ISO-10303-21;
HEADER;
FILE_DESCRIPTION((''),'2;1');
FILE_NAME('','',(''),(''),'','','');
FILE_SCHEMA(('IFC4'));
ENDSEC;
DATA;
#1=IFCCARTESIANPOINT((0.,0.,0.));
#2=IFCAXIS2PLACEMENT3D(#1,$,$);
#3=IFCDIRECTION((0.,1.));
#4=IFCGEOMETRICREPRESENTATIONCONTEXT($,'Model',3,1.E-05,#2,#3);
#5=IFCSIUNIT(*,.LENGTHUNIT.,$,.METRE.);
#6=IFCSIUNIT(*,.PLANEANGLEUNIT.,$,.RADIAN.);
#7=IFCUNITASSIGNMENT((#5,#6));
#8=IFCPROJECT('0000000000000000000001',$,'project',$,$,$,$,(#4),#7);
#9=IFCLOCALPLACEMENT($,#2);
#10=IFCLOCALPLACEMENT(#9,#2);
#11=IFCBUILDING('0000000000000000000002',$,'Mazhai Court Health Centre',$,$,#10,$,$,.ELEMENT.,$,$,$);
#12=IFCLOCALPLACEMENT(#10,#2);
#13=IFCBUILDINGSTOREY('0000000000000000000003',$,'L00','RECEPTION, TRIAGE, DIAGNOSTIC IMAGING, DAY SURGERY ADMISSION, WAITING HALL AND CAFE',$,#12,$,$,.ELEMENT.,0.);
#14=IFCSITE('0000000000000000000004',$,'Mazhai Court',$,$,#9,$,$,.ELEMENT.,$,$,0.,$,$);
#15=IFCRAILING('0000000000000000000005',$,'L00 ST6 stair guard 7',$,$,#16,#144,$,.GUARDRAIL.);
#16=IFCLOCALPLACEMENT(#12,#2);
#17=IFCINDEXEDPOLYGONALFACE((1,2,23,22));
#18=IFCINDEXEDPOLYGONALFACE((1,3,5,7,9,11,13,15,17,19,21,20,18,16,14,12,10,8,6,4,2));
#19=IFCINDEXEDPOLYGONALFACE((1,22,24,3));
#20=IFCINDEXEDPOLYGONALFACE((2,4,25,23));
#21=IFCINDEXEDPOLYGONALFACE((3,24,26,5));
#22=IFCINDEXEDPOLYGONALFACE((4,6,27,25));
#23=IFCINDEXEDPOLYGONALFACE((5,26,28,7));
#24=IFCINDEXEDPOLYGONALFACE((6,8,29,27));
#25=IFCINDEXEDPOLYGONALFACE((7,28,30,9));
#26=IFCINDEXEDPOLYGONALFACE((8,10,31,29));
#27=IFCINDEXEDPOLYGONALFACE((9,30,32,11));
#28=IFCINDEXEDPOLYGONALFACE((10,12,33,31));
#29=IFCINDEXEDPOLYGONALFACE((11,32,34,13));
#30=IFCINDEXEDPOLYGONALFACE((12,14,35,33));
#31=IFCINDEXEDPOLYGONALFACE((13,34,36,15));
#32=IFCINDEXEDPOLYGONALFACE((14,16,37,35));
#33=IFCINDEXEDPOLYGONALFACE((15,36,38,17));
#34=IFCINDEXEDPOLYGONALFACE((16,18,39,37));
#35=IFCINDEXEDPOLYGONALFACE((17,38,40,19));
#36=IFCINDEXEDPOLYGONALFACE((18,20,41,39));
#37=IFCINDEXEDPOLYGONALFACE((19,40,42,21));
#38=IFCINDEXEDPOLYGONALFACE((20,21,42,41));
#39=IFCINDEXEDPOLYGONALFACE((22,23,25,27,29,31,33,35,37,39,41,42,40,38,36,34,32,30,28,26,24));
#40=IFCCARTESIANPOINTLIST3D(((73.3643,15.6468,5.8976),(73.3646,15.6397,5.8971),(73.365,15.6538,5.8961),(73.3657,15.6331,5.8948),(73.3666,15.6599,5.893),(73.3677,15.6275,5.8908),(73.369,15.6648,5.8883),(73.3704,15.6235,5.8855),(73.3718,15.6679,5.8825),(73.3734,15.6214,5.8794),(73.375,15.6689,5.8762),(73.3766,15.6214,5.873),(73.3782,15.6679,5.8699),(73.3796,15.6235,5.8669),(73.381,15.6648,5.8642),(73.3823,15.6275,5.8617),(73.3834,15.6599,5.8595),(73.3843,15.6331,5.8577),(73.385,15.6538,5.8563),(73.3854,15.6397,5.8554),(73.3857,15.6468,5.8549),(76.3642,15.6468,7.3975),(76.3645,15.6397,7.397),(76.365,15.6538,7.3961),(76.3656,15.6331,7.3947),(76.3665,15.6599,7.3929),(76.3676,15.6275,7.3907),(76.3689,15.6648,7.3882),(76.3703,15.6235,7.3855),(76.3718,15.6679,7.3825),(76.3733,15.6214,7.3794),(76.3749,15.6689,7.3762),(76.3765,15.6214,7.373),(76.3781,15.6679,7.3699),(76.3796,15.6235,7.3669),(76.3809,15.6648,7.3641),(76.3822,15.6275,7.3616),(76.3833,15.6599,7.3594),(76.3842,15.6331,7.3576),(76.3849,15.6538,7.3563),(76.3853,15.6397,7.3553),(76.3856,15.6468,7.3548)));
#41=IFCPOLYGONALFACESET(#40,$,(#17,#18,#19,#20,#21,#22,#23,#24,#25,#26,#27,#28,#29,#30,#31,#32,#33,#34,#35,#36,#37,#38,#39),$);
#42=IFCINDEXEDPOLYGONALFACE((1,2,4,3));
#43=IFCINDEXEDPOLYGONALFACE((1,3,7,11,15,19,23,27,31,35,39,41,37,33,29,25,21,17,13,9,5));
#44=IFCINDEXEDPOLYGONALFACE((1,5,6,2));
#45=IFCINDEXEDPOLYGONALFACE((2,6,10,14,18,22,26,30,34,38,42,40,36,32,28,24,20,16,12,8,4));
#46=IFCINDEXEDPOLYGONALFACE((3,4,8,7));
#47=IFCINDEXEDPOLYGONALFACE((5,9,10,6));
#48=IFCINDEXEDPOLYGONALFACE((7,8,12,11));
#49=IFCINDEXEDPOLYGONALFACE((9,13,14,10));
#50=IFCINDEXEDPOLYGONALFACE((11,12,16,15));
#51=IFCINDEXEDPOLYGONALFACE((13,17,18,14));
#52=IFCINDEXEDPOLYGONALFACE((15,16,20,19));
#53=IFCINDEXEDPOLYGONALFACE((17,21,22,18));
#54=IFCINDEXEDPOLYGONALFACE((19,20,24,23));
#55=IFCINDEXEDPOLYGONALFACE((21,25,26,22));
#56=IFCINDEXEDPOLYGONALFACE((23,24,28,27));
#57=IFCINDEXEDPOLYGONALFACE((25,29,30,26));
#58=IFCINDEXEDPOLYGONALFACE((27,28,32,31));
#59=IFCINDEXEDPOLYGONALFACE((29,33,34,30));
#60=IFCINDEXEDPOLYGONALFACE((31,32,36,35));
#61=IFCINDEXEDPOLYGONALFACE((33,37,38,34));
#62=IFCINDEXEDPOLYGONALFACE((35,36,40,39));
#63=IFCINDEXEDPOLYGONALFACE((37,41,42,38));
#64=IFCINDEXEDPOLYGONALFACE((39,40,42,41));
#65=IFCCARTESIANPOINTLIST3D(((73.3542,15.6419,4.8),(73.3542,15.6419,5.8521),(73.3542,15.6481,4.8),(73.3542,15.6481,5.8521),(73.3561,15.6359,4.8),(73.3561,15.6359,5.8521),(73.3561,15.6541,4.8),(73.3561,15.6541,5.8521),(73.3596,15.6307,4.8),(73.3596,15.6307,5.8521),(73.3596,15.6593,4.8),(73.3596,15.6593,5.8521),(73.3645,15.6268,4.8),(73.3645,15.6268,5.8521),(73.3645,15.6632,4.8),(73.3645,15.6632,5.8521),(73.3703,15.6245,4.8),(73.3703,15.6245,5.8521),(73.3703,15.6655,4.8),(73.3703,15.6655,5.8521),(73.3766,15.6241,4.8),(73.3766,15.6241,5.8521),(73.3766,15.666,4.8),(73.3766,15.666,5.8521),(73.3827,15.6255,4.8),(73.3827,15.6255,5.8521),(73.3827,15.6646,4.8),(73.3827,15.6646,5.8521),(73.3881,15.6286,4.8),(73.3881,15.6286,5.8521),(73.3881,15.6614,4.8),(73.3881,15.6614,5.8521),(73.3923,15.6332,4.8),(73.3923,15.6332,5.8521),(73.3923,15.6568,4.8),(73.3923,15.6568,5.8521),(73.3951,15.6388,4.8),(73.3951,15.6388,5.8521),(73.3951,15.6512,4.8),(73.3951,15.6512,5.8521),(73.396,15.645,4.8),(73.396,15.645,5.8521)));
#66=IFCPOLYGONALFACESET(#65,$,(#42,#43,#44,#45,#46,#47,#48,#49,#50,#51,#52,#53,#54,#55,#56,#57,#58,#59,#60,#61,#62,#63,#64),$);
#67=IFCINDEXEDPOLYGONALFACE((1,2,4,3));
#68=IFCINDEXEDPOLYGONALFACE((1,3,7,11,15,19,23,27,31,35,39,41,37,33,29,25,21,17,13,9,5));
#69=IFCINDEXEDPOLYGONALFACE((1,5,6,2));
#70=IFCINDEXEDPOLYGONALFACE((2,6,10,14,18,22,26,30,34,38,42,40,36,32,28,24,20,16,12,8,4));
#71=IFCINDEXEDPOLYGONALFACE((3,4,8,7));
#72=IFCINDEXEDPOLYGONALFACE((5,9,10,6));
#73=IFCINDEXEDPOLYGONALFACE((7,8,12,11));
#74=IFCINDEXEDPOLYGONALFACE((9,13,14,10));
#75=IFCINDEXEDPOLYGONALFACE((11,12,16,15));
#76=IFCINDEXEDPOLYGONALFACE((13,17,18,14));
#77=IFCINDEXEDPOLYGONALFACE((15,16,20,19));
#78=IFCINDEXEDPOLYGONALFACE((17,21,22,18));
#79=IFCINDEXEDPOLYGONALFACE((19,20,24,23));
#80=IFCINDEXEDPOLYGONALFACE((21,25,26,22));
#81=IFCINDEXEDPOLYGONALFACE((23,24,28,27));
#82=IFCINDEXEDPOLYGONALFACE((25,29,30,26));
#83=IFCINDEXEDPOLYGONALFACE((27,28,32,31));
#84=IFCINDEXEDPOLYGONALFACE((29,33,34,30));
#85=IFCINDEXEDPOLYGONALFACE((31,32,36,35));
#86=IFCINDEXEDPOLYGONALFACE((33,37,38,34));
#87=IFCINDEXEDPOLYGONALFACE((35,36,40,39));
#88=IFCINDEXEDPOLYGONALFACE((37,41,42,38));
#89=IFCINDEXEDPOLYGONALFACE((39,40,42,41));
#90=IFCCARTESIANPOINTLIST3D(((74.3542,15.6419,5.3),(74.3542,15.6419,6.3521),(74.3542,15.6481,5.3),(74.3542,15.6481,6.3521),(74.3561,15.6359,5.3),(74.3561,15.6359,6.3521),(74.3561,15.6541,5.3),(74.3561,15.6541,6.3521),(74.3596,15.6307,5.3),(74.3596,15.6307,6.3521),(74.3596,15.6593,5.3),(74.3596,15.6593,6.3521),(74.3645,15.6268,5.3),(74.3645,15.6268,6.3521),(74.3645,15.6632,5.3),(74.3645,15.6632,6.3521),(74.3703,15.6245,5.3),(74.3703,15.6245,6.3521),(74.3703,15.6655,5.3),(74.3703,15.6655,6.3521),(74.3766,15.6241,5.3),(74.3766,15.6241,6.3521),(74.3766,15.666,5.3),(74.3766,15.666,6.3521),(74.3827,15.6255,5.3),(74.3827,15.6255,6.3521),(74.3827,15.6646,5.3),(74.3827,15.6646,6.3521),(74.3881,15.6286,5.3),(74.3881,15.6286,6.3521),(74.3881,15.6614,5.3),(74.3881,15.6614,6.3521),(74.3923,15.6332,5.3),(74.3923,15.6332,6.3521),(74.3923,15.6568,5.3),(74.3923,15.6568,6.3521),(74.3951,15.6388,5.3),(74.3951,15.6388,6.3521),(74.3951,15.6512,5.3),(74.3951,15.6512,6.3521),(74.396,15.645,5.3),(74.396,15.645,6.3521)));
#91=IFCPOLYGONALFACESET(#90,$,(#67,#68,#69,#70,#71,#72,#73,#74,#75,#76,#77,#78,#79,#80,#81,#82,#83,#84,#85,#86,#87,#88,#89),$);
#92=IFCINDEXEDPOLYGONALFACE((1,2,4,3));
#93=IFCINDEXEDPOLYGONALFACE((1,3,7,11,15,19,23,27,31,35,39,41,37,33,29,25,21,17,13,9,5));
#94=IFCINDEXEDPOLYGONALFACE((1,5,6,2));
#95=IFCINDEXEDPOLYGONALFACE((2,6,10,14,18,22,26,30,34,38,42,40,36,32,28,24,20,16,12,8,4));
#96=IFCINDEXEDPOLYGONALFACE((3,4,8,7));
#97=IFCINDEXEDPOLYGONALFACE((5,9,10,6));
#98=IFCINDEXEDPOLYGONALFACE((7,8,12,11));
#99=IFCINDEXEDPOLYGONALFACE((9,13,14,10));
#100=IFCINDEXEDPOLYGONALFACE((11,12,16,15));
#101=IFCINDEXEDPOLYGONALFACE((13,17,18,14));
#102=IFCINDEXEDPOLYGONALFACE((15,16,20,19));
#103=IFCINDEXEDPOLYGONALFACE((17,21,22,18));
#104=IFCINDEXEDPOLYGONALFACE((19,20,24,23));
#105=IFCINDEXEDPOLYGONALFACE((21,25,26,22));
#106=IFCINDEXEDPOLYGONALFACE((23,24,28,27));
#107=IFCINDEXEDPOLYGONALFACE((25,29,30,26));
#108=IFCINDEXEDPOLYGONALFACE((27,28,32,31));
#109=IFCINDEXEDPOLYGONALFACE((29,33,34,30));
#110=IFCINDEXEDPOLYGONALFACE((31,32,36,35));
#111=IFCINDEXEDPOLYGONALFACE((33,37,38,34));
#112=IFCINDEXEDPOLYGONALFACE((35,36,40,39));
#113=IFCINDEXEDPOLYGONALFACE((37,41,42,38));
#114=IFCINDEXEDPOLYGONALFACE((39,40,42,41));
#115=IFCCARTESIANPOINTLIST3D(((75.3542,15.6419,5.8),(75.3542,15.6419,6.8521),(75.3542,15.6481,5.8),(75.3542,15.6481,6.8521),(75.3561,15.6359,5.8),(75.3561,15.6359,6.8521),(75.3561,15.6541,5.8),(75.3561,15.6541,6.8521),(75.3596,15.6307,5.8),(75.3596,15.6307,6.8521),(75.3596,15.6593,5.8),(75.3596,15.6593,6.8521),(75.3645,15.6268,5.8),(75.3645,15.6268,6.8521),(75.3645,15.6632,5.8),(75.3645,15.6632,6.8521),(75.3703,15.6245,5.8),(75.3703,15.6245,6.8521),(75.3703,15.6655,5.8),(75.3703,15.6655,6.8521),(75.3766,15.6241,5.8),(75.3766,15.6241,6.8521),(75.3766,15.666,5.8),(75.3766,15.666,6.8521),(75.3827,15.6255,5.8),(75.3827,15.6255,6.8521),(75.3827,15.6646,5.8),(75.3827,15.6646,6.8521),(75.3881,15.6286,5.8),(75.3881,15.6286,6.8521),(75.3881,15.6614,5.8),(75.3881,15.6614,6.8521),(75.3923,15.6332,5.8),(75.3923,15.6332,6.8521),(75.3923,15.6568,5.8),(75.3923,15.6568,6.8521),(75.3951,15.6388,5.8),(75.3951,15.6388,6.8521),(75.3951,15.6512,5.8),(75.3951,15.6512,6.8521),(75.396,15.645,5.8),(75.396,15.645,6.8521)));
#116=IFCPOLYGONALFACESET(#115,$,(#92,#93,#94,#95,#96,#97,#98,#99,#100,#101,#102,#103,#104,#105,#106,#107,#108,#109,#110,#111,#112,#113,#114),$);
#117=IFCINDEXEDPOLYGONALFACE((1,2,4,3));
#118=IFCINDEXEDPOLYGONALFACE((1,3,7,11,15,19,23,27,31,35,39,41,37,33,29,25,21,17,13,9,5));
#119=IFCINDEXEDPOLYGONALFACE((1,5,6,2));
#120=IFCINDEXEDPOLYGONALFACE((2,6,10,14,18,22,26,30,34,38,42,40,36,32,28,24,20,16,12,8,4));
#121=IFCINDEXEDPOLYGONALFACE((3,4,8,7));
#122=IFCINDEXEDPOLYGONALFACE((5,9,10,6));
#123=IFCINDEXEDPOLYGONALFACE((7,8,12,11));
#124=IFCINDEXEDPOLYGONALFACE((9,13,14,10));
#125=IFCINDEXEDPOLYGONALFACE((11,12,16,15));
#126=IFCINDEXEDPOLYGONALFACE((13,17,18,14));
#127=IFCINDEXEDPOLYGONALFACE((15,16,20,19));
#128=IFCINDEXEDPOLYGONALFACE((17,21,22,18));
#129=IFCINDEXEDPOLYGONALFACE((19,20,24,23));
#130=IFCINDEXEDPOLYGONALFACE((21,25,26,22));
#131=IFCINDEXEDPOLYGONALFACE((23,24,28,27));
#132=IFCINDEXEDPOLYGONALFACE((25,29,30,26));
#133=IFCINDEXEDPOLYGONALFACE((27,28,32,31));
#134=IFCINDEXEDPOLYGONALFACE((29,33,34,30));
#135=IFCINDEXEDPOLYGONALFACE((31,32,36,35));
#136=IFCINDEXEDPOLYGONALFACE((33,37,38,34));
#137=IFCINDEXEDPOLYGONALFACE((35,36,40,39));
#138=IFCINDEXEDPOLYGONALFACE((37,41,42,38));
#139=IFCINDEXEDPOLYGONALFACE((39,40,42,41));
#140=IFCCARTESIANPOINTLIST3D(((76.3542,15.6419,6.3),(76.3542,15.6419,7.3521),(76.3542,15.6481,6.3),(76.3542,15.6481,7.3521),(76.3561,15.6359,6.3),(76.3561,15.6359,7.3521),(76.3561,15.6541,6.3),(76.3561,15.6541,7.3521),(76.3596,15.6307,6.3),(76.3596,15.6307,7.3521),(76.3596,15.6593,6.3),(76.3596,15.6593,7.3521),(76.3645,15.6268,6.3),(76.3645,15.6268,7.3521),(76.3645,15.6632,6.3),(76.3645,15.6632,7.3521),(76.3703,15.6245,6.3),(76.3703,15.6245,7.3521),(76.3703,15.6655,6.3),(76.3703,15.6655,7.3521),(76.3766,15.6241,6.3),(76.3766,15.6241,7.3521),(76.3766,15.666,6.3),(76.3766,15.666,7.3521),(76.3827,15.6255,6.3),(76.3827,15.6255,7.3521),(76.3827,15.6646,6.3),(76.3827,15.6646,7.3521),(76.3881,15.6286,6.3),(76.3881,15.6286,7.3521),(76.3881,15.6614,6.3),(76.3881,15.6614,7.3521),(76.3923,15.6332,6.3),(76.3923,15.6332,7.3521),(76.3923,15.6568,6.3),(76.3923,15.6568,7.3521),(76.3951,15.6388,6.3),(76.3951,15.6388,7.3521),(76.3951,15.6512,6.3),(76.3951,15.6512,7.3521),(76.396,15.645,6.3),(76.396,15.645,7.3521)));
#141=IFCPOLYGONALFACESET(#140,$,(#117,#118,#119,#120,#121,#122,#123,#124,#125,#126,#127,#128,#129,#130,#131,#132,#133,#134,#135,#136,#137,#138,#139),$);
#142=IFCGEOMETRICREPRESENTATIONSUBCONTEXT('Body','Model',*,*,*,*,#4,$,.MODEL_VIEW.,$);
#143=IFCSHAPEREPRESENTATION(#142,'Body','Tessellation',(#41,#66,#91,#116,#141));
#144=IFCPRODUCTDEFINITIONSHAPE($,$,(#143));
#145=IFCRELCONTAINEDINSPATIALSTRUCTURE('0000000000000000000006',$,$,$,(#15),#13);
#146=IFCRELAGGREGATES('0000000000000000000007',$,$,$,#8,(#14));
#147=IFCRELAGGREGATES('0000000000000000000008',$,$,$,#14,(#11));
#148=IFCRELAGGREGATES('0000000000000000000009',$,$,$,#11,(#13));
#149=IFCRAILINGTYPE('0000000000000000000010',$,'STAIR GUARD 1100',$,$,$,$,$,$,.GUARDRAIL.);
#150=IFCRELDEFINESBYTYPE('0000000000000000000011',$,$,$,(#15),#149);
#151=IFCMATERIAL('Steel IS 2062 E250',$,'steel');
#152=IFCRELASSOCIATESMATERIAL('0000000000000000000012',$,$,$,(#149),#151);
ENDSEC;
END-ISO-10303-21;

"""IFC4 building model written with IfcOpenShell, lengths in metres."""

from ifc_helpers import new_model, si_unit, direction, frame, origin, origin_2d, place, context, subcontext, project, spatial, circle, extrude, material, type_object, element, save


model = new_model("IFC4")

# Units and contexts
model_context = context("Model", 3, precision=1e-05, world=origin(), true_north=direction((0.0, 1.0)))
body_context = subcontext(model_context, "Body", "Model", "MODEL_VIEW")
ifc_project = project(units=[si_unit("LENGTHUNIT", "METRE"), si_unit("PLANEANGLEUNIT", "RADIAN")], contexts=[model_context])

# Site, building, storey
site_placement = place(None, origin())
site = spatial("IfcSite", under=ifc_project, at=site_placement, Name="Mazhai Court", CompositionType="ELEMENT", RefElevation=0.0)
building_placement = place(site_placement, origin())
building = spatial("IfcBuilding", under=site, at=building_placement, Name="Mazhai Court Health Centre", CompositionType="ELEMENT")
storey_placement = place(building_placement, origin())
storey = spatial("IfcBuildingStorey", under=building, at=storey_placement, Name="L00", Description="RECEPTION, TRIAGE, DIAGNOSTIC IMAGING, DAY SURGERY ADMISSION, WAITING HALL AND CAFE", CompositionType="ELEMENT", Elevation=0.0)

# Railing
ifc_material_1 = material(Name="Steel IS 2062 E250", Category="steel")
railing_type_1 = type_object("IfcRailingType", Name="STAIR GUARD 1100", PredefinedType="GUARDRAIL", material=ifc_material_1)
railing_1_placement = place(storey_placement, frame((73.375, 15.645, 4.8)))
element("IfcRailing", 1, at=railing_1_placement, inside=storey, type_object=railing_type_1, Name="L00 ST6 stair guard 7", PredefinedType="GUARDRAIL", context=body_context, shape_type="SweptSolid", body=[
    extrude(circle(Radius=0.0239, at=origin_2d()), frame((0.0, 0.0, 1.0762), z_axis=(0.894427, 0.0, 0.447214), x_axis=(0.0, 1.0, 0.0)), (0.0, 0.0, 1.0), 3.354),
    extrude(circle(Radius=0.021, at=origin_2d()), origin(), (0.0, 0.0, 1.0), 1.052),
    extrude(circle(Radius=0.021, at=origin_2d()), frame((1.0, 0.0, 0.5)), (0.0, 0.0, 1.0), 1.052),
    extrude(circle(Radius=0.021, at=origin_2d()), frame((2.0, 0.0, 1.0)), (0.0, 0.0, 1.0), 1.052),
    extrude(circle(Radius=0.021, at=origin_2d()), frame((3.0, 0.0, 1.5)), (0.0, 0.0, 1.0), 1.052),
])

save(model, "model.ifc")
